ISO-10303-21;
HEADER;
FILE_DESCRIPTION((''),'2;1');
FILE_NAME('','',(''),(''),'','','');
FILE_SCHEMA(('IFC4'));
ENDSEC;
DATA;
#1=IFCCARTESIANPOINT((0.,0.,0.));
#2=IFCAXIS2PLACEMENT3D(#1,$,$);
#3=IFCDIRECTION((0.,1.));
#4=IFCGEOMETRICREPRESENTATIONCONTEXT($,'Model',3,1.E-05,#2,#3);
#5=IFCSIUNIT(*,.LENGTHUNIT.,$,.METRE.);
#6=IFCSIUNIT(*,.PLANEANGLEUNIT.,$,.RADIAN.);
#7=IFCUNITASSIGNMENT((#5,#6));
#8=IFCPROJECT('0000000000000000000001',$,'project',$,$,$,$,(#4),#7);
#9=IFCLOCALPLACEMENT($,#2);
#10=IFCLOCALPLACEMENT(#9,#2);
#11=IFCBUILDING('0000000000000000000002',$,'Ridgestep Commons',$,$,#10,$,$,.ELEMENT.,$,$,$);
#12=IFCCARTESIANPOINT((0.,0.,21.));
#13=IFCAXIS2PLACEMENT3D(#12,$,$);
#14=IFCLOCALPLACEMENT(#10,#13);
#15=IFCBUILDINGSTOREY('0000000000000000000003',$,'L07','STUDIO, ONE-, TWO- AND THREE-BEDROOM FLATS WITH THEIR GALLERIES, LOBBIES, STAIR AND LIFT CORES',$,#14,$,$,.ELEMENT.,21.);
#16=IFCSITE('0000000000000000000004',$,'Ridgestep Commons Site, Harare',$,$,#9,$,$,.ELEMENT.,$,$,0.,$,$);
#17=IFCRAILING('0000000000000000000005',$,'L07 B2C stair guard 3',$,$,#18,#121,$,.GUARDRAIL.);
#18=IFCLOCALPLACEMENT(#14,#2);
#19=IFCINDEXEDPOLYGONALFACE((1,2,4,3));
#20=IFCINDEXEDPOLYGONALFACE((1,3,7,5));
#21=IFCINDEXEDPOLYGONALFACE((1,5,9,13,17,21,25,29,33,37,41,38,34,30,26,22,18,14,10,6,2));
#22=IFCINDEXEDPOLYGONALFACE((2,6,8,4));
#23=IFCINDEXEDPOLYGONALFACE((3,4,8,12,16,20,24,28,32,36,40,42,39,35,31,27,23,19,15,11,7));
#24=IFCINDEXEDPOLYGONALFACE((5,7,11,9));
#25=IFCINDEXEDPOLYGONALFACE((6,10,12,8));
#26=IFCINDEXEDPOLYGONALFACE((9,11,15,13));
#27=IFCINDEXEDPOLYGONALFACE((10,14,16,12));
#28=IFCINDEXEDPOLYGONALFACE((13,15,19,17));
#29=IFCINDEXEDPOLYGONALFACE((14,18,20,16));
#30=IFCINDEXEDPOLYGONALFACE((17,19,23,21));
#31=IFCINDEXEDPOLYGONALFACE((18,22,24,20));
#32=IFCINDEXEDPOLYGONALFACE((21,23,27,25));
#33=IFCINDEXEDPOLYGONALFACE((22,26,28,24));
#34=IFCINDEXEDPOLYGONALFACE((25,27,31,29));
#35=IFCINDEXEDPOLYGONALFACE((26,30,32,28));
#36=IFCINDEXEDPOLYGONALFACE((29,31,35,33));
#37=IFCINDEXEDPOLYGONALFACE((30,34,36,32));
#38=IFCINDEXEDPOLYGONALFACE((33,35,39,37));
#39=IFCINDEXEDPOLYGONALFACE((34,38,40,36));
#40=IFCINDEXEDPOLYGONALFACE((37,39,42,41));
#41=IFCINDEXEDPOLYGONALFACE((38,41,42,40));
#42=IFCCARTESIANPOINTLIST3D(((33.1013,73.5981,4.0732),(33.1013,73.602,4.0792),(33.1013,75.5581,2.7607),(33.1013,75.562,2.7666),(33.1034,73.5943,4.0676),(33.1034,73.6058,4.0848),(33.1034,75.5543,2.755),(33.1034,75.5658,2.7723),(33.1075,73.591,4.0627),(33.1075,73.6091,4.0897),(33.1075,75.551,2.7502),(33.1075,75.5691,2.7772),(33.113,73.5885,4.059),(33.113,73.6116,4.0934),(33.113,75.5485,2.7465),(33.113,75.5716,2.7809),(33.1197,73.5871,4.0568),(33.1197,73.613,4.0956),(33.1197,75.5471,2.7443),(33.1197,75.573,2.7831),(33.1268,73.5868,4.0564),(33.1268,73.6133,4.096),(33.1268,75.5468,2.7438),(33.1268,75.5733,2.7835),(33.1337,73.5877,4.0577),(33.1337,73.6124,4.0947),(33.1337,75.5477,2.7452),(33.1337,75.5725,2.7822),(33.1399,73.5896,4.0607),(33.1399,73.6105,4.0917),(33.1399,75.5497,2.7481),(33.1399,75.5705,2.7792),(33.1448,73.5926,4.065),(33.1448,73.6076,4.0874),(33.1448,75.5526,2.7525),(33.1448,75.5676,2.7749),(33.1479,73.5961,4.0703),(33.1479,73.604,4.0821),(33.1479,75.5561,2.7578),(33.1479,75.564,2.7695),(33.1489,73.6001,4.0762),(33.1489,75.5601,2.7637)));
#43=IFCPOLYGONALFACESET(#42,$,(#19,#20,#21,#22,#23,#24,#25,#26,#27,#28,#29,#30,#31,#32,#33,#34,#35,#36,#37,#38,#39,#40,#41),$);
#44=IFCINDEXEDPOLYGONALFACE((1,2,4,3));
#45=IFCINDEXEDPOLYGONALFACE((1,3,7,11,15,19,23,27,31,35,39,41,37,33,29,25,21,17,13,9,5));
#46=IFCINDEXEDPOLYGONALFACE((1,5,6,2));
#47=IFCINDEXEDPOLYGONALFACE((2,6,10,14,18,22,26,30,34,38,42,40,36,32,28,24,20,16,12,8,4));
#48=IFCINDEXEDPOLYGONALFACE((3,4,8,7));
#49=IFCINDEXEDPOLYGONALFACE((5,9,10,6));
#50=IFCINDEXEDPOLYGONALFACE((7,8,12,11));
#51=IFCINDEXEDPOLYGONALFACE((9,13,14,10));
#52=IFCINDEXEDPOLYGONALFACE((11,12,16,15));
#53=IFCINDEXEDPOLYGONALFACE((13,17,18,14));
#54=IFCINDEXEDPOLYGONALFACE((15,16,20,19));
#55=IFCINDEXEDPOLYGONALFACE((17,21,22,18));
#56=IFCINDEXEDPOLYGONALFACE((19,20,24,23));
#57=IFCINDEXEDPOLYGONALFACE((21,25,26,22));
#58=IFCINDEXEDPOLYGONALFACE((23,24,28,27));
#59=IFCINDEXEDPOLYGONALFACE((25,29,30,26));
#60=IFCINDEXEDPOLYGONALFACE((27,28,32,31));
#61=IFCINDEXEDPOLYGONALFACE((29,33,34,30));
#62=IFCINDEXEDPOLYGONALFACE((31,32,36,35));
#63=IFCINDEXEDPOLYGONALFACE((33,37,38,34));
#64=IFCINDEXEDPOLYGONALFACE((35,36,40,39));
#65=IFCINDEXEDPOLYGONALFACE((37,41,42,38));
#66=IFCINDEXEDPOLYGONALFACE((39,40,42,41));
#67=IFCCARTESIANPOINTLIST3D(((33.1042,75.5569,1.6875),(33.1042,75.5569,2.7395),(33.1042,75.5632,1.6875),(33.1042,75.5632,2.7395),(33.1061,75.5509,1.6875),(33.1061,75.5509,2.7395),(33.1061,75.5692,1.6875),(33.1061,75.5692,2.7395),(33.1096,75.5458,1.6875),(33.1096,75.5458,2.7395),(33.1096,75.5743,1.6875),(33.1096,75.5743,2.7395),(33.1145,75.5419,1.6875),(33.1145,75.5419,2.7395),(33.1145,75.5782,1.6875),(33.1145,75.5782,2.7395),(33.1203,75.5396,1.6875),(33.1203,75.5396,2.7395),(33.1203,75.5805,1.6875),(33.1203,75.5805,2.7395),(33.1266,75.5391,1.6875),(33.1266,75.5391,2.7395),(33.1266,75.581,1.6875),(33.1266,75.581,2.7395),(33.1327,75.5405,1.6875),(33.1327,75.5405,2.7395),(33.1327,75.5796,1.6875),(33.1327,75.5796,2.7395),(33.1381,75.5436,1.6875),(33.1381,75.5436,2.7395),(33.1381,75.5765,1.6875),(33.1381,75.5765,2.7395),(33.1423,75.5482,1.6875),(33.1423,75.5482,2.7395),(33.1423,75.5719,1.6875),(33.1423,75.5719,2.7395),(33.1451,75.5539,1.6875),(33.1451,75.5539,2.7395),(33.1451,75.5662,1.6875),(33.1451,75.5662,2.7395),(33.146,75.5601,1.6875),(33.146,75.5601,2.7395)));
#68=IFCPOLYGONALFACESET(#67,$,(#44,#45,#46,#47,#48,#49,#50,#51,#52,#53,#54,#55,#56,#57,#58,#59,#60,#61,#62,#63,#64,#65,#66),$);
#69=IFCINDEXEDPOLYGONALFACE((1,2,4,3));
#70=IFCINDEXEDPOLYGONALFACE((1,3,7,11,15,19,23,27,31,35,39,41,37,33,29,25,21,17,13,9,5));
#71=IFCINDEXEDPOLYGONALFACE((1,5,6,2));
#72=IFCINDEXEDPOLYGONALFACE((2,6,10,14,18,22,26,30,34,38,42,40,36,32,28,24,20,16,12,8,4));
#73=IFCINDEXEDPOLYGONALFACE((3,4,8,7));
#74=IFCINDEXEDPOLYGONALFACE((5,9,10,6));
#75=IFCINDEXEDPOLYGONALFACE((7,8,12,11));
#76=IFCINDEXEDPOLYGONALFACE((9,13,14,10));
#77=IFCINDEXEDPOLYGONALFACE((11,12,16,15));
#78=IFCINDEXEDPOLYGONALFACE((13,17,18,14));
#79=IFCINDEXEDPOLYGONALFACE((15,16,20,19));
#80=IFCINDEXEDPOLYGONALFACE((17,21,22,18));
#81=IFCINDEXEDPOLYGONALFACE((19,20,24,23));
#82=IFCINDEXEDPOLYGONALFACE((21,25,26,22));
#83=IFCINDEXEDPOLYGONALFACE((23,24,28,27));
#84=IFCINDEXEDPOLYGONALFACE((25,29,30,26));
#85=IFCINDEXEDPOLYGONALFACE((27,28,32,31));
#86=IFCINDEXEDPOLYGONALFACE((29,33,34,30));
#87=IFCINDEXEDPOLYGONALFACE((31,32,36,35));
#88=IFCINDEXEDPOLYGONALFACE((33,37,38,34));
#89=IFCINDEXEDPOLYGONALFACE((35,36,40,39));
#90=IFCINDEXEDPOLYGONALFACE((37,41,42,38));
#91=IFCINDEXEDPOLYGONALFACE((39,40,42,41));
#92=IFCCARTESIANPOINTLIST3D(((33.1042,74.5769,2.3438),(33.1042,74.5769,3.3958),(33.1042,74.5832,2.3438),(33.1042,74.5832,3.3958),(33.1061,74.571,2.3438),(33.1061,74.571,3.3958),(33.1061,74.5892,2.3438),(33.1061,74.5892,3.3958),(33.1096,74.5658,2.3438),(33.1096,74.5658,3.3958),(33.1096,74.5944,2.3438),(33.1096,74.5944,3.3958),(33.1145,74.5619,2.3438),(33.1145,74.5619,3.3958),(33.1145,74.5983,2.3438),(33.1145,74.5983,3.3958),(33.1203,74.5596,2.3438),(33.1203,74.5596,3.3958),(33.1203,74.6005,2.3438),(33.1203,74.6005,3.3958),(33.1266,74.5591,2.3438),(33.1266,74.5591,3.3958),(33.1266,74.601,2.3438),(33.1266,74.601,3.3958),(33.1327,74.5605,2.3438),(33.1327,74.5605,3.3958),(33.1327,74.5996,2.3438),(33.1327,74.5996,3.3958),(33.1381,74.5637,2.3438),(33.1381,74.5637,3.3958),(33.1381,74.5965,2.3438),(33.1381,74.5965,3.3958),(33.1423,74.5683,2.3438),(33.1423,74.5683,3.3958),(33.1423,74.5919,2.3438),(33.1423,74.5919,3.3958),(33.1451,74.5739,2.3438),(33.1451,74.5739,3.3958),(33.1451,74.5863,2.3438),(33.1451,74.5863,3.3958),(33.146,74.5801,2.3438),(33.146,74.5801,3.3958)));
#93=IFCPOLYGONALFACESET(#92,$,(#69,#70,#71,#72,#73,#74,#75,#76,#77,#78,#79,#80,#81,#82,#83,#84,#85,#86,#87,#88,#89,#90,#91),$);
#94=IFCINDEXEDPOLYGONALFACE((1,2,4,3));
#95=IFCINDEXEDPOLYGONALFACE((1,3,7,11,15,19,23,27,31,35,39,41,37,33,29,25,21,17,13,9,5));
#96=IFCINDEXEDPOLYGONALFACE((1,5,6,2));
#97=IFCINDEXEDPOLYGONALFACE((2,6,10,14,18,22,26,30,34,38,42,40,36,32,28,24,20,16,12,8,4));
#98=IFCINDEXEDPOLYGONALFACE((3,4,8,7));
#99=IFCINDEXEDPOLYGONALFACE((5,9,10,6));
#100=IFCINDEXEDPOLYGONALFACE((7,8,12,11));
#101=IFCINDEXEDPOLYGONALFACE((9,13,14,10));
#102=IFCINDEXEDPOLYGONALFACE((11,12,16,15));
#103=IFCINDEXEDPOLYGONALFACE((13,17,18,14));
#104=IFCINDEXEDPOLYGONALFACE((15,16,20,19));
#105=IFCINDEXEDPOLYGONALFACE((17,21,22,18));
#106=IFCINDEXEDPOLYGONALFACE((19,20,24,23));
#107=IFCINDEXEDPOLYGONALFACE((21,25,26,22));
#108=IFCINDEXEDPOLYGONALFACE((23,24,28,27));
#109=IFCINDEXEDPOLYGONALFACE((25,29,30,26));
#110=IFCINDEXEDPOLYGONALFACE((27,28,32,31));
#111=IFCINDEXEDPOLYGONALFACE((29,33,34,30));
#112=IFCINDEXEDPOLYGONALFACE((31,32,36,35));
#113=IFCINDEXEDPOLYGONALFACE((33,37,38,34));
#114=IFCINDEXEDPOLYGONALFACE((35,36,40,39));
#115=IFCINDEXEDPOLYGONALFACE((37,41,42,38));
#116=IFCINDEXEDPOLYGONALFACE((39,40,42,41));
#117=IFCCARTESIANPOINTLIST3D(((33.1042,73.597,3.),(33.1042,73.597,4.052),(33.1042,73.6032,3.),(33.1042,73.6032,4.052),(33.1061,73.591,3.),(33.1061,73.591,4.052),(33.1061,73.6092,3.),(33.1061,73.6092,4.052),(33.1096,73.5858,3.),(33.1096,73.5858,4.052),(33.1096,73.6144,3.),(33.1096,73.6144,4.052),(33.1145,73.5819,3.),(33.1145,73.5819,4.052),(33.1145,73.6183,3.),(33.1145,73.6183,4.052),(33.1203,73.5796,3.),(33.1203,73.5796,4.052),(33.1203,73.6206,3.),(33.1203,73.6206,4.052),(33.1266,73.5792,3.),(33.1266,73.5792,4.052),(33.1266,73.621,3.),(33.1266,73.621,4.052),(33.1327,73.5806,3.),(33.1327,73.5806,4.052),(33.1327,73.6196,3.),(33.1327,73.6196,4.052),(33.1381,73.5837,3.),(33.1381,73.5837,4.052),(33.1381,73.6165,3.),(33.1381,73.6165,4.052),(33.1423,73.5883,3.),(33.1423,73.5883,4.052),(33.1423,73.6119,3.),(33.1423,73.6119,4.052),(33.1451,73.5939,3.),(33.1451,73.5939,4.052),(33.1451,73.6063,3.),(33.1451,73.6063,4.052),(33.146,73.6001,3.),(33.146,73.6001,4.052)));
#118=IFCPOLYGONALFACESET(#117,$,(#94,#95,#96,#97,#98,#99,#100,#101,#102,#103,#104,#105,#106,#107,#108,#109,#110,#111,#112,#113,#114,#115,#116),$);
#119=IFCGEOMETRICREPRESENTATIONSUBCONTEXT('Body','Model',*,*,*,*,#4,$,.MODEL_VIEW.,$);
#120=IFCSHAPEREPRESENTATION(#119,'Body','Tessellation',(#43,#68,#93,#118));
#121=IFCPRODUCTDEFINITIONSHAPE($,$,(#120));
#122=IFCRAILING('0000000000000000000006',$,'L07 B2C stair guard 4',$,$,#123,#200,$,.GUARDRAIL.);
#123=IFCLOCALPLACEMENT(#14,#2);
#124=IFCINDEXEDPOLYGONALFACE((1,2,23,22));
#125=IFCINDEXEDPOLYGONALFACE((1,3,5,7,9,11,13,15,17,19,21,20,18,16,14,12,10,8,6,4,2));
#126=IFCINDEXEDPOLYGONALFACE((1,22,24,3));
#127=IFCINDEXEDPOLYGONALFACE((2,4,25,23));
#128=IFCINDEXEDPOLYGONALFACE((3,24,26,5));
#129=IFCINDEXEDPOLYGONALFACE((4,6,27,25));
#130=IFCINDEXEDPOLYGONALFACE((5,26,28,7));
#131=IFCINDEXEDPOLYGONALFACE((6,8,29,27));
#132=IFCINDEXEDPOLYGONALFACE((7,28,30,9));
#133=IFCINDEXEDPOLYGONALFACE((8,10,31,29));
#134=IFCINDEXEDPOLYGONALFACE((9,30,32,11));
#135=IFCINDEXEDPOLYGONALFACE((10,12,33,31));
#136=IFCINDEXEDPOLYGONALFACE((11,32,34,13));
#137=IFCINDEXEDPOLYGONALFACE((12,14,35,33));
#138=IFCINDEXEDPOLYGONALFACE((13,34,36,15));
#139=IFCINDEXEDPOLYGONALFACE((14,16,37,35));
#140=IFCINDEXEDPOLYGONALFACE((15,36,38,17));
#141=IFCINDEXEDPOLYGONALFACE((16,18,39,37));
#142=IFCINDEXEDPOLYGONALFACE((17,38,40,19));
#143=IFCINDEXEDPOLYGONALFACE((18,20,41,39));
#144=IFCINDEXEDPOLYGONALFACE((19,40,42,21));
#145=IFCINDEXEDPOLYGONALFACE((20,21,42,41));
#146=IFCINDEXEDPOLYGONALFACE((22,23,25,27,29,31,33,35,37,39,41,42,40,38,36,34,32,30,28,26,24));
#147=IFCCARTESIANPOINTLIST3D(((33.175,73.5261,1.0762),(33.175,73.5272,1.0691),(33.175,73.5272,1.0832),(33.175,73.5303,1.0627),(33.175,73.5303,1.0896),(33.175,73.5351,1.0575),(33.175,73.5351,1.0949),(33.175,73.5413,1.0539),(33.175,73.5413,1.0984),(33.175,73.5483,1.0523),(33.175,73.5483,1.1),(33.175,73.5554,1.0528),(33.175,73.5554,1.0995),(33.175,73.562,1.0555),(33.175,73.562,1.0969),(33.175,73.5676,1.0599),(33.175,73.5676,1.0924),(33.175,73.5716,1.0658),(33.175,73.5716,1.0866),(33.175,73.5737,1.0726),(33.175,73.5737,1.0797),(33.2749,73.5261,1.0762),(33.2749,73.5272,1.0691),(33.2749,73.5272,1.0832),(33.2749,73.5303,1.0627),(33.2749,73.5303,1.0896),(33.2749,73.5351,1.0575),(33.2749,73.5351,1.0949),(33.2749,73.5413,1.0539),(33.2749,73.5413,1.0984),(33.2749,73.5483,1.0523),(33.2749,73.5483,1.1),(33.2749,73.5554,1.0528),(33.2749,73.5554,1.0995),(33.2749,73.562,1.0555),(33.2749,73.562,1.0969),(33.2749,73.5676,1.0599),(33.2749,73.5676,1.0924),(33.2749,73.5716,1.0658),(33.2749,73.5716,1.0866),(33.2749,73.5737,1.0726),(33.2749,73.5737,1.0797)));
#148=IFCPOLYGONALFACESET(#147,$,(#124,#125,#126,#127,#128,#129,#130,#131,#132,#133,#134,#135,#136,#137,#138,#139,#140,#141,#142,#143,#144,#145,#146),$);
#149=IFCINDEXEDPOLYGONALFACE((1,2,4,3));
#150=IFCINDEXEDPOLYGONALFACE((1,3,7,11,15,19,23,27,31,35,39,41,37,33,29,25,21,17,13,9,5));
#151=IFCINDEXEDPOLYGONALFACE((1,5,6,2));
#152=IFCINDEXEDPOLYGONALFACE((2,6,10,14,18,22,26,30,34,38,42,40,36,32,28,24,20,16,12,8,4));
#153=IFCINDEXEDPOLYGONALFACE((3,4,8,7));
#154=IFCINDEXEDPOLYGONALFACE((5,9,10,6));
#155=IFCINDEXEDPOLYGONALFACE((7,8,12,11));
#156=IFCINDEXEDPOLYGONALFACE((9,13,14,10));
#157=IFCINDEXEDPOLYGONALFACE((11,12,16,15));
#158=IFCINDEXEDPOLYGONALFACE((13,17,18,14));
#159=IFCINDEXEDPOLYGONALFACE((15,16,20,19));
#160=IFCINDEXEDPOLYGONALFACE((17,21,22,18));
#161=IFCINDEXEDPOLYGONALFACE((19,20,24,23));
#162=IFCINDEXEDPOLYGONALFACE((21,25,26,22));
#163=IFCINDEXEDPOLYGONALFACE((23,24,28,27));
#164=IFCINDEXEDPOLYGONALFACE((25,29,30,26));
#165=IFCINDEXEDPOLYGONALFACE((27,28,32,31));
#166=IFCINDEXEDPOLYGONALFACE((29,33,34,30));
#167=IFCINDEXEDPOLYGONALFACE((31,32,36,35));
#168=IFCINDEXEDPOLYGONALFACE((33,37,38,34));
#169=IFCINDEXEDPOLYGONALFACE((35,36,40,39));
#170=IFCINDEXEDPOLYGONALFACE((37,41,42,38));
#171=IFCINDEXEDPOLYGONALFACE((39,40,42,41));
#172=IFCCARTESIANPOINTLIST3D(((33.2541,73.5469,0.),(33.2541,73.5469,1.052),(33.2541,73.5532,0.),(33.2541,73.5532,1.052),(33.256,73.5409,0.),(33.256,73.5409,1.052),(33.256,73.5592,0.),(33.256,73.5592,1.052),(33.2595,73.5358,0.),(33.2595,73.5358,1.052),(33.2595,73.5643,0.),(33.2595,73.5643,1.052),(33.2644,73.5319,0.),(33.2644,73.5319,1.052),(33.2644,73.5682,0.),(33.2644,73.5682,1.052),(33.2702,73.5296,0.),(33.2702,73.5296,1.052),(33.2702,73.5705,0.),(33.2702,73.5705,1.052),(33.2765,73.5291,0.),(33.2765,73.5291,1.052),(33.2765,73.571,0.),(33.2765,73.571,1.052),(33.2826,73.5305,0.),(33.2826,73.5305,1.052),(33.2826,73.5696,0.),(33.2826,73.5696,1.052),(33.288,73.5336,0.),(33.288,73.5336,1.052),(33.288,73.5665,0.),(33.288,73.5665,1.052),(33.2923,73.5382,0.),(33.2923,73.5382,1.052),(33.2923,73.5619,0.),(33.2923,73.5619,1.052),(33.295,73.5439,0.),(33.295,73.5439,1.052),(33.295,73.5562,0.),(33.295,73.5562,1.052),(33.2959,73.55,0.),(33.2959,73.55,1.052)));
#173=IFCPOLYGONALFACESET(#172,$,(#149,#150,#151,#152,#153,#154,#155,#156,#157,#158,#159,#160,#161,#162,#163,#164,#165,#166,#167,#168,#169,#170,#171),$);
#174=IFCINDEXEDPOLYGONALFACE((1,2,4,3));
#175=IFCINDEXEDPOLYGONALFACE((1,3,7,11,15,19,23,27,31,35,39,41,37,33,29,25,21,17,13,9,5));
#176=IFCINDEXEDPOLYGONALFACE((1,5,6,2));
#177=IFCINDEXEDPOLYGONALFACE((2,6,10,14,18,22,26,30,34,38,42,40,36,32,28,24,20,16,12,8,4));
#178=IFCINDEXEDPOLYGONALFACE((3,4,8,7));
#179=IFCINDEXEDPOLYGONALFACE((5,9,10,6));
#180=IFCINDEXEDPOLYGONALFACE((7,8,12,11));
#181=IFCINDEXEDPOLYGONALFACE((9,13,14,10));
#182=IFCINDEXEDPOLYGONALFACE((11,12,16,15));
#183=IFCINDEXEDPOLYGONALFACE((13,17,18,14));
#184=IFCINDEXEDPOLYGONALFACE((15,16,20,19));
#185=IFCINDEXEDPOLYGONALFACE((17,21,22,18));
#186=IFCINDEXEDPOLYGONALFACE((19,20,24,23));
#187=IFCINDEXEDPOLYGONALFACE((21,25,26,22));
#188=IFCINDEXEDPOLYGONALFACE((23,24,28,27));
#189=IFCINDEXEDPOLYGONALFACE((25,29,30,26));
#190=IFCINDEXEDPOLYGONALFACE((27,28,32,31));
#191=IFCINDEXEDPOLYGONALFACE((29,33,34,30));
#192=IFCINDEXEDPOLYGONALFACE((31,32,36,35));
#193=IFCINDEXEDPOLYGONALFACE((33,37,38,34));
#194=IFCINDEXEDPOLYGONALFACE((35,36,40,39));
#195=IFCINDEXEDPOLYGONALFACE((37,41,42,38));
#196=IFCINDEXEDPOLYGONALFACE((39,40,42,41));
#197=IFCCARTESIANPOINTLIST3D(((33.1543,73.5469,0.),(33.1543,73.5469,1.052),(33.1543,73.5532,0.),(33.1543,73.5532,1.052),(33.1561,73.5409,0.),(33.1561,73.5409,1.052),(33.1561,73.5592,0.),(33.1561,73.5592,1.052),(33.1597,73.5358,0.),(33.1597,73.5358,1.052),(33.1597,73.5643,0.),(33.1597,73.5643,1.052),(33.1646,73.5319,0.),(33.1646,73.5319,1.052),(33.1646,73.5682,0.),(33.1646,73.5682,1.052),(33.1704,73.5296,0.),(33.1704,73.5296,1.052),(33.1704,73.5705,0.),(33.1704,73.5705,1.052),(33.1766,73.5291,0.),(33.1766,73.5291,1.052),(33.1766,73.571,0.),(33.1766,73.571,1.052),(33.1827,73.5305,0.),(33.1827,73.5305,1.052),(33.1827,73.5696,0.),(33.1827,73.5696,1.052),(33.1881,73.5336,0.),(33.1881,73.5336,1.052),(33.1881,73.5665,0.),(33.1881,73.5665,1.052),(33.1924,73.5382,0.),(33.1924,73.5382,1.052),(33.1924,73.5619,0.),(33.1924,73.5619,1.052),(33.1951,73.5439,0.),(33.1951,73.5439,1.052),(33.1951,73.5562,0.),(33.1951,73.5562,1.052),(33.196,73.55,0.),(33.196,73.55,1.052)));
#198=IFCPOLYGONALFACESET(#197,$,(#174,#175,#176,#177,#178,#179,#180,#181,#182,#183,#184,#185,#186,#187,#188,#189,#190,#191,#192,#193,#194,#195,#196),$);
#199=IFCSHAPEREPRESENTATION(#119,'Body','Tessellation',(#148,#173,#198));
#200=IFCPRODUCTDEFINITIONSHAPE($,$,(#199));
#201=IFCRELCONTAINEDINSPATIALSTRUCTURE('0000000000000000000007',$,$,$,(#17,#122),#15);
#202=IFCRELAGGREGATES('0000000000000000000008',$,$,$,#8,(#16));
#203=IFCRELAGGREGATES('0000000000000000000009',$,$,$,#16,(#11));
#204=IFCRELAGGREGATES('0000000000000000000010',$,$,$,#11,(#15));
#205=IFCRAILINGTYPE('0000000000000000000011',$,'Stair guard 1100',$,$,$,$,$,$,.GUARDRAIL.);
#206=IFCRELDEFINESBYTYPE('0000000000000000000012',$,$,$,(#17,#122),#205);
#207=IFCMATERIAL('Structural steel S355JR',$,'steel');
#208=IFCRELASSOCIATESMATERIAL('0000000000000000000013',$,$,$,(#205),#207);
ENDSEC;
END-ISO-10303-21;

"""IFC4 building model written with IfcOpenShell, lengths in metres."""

from ifc_helpers import new_model, si_unit, direction, frame, origin, origin_2d, place, context, subcontext, project, spatial, circle, extrude, material, type_object, element, save


model = new_model("IFC4")

# Units and contexts
model_context = context("Model", 3, precision=1e-05, world=origin(), true_north=direction((0.0, 1.0)))
body_context = subcontext(model_context, "Body", "Model", "MODEL_VIEW")
ifc_project = project(units=[si_unit("LENGTHUNIT", "METRE"), si_unit("PLANEANGLEUNIT", "RADIAN")], contexts=[model_context])

# Site, building, storey
site_placement = place(None, origin())
site = spatial("IfcSite", under=ifc_project, at=site_placement, Name="Ridgestep Commons Site, Harare", CompositionType="ELEMENT", RefElevation=0.0)
building_placement = place(site_placement, origin())
building = spatial("IfcBuilding", under=site, at=building_placement, Name="Ridgestep Commons", CompositionType="ELEMENT")
storey_placement = place(building_placement, frame((0.0, 0.0, 21.0)))
storey = spatial("IfcBuildingStorey", under=building, at=storey_placement, Name="L07", Description="STUDIO, ONE-, TWO- AND THREE-BEDROOM FLATS WITH THEIR GALLERIES, LOBBIES, STAIR AND LIFT CORES", CompositionType="ELEMENT", Elevation=21.0)

# Railings
ifc_material_1 = material(Name="Structural steel S355JR", Category="steel")
railing_type_1 = type_object("IfcRailingType", Name="Stair guard 1100", PredefinedType="GUARDRAIL", material=ifc_material_1)
railing_1_placement = place(storey_placement, frame((33.125, 75.5601, 1.6875)))
element("IfcRailing", 1, at=railing_1_placement, inside=storey, type_object=railing_type_1, Name="L07 B2C stair guard 3", PredefinedType="GUARDRAIL", context=body_context, shape_type="SweptSolid", body=[
    extrude(circle(Radius=0.0239, at=origin_2d()), frame((0.0, 0.0, 1.0762), z_axis=(0.0, -0.830902, 0.556419), x_axis=(1.0, 0.0, 0.0)), (0.0, 0.0, 1.0), 2.3589),
    extrude(circle(Radius=0.021, at=origin_2d()), origin(), (0.0, 0.0, 1.0), 1.052),
    extrude(circle(Radius=0.021, at=origin_2d()), frame((0.0, -0.98, 0.6562)), (0.0, 0.0, 1.0), 1.052),
    extrude(circle(Radius=0.021, at=origin_2d()), frame((0.0, -1.96, 1.3125)), (0.0, 0.0, 1.0), 1.052),
])
railing_2_placement = place(storey_placement, frame((33.2749, 73.55, 0.0)))
element("IfcRailing", 2, at=railing_2_placement, inside=storey, type_object=railing_type_1, Name="L07 B2C stair guard 4", PredefinedType="GUARDRAIL", context=body_context, shape_type="SweptSolid", body=[
    extrude(circle(Radius=0.0239, at=origin_2d()), frame((0.0, 0.0, 1.0762), z_axis=(-1.0, 0.0, 0.0), x_axis=(0.0, -1.0, 0.0)), (0.0, 0.0, 1.0), 0.0999),
    extrude(circle(Radius=0.021, at=origin_2d()), origin(), (0.0, 0.0, 1.0), 1.052),
    extrude(circle(Radius=0.021, at=origin_2d()), frame((-0.0999, 0.0, 0.0)), (0.0, 0.0, 1.0), 1.052),
])

save(model, "model.ifc")
